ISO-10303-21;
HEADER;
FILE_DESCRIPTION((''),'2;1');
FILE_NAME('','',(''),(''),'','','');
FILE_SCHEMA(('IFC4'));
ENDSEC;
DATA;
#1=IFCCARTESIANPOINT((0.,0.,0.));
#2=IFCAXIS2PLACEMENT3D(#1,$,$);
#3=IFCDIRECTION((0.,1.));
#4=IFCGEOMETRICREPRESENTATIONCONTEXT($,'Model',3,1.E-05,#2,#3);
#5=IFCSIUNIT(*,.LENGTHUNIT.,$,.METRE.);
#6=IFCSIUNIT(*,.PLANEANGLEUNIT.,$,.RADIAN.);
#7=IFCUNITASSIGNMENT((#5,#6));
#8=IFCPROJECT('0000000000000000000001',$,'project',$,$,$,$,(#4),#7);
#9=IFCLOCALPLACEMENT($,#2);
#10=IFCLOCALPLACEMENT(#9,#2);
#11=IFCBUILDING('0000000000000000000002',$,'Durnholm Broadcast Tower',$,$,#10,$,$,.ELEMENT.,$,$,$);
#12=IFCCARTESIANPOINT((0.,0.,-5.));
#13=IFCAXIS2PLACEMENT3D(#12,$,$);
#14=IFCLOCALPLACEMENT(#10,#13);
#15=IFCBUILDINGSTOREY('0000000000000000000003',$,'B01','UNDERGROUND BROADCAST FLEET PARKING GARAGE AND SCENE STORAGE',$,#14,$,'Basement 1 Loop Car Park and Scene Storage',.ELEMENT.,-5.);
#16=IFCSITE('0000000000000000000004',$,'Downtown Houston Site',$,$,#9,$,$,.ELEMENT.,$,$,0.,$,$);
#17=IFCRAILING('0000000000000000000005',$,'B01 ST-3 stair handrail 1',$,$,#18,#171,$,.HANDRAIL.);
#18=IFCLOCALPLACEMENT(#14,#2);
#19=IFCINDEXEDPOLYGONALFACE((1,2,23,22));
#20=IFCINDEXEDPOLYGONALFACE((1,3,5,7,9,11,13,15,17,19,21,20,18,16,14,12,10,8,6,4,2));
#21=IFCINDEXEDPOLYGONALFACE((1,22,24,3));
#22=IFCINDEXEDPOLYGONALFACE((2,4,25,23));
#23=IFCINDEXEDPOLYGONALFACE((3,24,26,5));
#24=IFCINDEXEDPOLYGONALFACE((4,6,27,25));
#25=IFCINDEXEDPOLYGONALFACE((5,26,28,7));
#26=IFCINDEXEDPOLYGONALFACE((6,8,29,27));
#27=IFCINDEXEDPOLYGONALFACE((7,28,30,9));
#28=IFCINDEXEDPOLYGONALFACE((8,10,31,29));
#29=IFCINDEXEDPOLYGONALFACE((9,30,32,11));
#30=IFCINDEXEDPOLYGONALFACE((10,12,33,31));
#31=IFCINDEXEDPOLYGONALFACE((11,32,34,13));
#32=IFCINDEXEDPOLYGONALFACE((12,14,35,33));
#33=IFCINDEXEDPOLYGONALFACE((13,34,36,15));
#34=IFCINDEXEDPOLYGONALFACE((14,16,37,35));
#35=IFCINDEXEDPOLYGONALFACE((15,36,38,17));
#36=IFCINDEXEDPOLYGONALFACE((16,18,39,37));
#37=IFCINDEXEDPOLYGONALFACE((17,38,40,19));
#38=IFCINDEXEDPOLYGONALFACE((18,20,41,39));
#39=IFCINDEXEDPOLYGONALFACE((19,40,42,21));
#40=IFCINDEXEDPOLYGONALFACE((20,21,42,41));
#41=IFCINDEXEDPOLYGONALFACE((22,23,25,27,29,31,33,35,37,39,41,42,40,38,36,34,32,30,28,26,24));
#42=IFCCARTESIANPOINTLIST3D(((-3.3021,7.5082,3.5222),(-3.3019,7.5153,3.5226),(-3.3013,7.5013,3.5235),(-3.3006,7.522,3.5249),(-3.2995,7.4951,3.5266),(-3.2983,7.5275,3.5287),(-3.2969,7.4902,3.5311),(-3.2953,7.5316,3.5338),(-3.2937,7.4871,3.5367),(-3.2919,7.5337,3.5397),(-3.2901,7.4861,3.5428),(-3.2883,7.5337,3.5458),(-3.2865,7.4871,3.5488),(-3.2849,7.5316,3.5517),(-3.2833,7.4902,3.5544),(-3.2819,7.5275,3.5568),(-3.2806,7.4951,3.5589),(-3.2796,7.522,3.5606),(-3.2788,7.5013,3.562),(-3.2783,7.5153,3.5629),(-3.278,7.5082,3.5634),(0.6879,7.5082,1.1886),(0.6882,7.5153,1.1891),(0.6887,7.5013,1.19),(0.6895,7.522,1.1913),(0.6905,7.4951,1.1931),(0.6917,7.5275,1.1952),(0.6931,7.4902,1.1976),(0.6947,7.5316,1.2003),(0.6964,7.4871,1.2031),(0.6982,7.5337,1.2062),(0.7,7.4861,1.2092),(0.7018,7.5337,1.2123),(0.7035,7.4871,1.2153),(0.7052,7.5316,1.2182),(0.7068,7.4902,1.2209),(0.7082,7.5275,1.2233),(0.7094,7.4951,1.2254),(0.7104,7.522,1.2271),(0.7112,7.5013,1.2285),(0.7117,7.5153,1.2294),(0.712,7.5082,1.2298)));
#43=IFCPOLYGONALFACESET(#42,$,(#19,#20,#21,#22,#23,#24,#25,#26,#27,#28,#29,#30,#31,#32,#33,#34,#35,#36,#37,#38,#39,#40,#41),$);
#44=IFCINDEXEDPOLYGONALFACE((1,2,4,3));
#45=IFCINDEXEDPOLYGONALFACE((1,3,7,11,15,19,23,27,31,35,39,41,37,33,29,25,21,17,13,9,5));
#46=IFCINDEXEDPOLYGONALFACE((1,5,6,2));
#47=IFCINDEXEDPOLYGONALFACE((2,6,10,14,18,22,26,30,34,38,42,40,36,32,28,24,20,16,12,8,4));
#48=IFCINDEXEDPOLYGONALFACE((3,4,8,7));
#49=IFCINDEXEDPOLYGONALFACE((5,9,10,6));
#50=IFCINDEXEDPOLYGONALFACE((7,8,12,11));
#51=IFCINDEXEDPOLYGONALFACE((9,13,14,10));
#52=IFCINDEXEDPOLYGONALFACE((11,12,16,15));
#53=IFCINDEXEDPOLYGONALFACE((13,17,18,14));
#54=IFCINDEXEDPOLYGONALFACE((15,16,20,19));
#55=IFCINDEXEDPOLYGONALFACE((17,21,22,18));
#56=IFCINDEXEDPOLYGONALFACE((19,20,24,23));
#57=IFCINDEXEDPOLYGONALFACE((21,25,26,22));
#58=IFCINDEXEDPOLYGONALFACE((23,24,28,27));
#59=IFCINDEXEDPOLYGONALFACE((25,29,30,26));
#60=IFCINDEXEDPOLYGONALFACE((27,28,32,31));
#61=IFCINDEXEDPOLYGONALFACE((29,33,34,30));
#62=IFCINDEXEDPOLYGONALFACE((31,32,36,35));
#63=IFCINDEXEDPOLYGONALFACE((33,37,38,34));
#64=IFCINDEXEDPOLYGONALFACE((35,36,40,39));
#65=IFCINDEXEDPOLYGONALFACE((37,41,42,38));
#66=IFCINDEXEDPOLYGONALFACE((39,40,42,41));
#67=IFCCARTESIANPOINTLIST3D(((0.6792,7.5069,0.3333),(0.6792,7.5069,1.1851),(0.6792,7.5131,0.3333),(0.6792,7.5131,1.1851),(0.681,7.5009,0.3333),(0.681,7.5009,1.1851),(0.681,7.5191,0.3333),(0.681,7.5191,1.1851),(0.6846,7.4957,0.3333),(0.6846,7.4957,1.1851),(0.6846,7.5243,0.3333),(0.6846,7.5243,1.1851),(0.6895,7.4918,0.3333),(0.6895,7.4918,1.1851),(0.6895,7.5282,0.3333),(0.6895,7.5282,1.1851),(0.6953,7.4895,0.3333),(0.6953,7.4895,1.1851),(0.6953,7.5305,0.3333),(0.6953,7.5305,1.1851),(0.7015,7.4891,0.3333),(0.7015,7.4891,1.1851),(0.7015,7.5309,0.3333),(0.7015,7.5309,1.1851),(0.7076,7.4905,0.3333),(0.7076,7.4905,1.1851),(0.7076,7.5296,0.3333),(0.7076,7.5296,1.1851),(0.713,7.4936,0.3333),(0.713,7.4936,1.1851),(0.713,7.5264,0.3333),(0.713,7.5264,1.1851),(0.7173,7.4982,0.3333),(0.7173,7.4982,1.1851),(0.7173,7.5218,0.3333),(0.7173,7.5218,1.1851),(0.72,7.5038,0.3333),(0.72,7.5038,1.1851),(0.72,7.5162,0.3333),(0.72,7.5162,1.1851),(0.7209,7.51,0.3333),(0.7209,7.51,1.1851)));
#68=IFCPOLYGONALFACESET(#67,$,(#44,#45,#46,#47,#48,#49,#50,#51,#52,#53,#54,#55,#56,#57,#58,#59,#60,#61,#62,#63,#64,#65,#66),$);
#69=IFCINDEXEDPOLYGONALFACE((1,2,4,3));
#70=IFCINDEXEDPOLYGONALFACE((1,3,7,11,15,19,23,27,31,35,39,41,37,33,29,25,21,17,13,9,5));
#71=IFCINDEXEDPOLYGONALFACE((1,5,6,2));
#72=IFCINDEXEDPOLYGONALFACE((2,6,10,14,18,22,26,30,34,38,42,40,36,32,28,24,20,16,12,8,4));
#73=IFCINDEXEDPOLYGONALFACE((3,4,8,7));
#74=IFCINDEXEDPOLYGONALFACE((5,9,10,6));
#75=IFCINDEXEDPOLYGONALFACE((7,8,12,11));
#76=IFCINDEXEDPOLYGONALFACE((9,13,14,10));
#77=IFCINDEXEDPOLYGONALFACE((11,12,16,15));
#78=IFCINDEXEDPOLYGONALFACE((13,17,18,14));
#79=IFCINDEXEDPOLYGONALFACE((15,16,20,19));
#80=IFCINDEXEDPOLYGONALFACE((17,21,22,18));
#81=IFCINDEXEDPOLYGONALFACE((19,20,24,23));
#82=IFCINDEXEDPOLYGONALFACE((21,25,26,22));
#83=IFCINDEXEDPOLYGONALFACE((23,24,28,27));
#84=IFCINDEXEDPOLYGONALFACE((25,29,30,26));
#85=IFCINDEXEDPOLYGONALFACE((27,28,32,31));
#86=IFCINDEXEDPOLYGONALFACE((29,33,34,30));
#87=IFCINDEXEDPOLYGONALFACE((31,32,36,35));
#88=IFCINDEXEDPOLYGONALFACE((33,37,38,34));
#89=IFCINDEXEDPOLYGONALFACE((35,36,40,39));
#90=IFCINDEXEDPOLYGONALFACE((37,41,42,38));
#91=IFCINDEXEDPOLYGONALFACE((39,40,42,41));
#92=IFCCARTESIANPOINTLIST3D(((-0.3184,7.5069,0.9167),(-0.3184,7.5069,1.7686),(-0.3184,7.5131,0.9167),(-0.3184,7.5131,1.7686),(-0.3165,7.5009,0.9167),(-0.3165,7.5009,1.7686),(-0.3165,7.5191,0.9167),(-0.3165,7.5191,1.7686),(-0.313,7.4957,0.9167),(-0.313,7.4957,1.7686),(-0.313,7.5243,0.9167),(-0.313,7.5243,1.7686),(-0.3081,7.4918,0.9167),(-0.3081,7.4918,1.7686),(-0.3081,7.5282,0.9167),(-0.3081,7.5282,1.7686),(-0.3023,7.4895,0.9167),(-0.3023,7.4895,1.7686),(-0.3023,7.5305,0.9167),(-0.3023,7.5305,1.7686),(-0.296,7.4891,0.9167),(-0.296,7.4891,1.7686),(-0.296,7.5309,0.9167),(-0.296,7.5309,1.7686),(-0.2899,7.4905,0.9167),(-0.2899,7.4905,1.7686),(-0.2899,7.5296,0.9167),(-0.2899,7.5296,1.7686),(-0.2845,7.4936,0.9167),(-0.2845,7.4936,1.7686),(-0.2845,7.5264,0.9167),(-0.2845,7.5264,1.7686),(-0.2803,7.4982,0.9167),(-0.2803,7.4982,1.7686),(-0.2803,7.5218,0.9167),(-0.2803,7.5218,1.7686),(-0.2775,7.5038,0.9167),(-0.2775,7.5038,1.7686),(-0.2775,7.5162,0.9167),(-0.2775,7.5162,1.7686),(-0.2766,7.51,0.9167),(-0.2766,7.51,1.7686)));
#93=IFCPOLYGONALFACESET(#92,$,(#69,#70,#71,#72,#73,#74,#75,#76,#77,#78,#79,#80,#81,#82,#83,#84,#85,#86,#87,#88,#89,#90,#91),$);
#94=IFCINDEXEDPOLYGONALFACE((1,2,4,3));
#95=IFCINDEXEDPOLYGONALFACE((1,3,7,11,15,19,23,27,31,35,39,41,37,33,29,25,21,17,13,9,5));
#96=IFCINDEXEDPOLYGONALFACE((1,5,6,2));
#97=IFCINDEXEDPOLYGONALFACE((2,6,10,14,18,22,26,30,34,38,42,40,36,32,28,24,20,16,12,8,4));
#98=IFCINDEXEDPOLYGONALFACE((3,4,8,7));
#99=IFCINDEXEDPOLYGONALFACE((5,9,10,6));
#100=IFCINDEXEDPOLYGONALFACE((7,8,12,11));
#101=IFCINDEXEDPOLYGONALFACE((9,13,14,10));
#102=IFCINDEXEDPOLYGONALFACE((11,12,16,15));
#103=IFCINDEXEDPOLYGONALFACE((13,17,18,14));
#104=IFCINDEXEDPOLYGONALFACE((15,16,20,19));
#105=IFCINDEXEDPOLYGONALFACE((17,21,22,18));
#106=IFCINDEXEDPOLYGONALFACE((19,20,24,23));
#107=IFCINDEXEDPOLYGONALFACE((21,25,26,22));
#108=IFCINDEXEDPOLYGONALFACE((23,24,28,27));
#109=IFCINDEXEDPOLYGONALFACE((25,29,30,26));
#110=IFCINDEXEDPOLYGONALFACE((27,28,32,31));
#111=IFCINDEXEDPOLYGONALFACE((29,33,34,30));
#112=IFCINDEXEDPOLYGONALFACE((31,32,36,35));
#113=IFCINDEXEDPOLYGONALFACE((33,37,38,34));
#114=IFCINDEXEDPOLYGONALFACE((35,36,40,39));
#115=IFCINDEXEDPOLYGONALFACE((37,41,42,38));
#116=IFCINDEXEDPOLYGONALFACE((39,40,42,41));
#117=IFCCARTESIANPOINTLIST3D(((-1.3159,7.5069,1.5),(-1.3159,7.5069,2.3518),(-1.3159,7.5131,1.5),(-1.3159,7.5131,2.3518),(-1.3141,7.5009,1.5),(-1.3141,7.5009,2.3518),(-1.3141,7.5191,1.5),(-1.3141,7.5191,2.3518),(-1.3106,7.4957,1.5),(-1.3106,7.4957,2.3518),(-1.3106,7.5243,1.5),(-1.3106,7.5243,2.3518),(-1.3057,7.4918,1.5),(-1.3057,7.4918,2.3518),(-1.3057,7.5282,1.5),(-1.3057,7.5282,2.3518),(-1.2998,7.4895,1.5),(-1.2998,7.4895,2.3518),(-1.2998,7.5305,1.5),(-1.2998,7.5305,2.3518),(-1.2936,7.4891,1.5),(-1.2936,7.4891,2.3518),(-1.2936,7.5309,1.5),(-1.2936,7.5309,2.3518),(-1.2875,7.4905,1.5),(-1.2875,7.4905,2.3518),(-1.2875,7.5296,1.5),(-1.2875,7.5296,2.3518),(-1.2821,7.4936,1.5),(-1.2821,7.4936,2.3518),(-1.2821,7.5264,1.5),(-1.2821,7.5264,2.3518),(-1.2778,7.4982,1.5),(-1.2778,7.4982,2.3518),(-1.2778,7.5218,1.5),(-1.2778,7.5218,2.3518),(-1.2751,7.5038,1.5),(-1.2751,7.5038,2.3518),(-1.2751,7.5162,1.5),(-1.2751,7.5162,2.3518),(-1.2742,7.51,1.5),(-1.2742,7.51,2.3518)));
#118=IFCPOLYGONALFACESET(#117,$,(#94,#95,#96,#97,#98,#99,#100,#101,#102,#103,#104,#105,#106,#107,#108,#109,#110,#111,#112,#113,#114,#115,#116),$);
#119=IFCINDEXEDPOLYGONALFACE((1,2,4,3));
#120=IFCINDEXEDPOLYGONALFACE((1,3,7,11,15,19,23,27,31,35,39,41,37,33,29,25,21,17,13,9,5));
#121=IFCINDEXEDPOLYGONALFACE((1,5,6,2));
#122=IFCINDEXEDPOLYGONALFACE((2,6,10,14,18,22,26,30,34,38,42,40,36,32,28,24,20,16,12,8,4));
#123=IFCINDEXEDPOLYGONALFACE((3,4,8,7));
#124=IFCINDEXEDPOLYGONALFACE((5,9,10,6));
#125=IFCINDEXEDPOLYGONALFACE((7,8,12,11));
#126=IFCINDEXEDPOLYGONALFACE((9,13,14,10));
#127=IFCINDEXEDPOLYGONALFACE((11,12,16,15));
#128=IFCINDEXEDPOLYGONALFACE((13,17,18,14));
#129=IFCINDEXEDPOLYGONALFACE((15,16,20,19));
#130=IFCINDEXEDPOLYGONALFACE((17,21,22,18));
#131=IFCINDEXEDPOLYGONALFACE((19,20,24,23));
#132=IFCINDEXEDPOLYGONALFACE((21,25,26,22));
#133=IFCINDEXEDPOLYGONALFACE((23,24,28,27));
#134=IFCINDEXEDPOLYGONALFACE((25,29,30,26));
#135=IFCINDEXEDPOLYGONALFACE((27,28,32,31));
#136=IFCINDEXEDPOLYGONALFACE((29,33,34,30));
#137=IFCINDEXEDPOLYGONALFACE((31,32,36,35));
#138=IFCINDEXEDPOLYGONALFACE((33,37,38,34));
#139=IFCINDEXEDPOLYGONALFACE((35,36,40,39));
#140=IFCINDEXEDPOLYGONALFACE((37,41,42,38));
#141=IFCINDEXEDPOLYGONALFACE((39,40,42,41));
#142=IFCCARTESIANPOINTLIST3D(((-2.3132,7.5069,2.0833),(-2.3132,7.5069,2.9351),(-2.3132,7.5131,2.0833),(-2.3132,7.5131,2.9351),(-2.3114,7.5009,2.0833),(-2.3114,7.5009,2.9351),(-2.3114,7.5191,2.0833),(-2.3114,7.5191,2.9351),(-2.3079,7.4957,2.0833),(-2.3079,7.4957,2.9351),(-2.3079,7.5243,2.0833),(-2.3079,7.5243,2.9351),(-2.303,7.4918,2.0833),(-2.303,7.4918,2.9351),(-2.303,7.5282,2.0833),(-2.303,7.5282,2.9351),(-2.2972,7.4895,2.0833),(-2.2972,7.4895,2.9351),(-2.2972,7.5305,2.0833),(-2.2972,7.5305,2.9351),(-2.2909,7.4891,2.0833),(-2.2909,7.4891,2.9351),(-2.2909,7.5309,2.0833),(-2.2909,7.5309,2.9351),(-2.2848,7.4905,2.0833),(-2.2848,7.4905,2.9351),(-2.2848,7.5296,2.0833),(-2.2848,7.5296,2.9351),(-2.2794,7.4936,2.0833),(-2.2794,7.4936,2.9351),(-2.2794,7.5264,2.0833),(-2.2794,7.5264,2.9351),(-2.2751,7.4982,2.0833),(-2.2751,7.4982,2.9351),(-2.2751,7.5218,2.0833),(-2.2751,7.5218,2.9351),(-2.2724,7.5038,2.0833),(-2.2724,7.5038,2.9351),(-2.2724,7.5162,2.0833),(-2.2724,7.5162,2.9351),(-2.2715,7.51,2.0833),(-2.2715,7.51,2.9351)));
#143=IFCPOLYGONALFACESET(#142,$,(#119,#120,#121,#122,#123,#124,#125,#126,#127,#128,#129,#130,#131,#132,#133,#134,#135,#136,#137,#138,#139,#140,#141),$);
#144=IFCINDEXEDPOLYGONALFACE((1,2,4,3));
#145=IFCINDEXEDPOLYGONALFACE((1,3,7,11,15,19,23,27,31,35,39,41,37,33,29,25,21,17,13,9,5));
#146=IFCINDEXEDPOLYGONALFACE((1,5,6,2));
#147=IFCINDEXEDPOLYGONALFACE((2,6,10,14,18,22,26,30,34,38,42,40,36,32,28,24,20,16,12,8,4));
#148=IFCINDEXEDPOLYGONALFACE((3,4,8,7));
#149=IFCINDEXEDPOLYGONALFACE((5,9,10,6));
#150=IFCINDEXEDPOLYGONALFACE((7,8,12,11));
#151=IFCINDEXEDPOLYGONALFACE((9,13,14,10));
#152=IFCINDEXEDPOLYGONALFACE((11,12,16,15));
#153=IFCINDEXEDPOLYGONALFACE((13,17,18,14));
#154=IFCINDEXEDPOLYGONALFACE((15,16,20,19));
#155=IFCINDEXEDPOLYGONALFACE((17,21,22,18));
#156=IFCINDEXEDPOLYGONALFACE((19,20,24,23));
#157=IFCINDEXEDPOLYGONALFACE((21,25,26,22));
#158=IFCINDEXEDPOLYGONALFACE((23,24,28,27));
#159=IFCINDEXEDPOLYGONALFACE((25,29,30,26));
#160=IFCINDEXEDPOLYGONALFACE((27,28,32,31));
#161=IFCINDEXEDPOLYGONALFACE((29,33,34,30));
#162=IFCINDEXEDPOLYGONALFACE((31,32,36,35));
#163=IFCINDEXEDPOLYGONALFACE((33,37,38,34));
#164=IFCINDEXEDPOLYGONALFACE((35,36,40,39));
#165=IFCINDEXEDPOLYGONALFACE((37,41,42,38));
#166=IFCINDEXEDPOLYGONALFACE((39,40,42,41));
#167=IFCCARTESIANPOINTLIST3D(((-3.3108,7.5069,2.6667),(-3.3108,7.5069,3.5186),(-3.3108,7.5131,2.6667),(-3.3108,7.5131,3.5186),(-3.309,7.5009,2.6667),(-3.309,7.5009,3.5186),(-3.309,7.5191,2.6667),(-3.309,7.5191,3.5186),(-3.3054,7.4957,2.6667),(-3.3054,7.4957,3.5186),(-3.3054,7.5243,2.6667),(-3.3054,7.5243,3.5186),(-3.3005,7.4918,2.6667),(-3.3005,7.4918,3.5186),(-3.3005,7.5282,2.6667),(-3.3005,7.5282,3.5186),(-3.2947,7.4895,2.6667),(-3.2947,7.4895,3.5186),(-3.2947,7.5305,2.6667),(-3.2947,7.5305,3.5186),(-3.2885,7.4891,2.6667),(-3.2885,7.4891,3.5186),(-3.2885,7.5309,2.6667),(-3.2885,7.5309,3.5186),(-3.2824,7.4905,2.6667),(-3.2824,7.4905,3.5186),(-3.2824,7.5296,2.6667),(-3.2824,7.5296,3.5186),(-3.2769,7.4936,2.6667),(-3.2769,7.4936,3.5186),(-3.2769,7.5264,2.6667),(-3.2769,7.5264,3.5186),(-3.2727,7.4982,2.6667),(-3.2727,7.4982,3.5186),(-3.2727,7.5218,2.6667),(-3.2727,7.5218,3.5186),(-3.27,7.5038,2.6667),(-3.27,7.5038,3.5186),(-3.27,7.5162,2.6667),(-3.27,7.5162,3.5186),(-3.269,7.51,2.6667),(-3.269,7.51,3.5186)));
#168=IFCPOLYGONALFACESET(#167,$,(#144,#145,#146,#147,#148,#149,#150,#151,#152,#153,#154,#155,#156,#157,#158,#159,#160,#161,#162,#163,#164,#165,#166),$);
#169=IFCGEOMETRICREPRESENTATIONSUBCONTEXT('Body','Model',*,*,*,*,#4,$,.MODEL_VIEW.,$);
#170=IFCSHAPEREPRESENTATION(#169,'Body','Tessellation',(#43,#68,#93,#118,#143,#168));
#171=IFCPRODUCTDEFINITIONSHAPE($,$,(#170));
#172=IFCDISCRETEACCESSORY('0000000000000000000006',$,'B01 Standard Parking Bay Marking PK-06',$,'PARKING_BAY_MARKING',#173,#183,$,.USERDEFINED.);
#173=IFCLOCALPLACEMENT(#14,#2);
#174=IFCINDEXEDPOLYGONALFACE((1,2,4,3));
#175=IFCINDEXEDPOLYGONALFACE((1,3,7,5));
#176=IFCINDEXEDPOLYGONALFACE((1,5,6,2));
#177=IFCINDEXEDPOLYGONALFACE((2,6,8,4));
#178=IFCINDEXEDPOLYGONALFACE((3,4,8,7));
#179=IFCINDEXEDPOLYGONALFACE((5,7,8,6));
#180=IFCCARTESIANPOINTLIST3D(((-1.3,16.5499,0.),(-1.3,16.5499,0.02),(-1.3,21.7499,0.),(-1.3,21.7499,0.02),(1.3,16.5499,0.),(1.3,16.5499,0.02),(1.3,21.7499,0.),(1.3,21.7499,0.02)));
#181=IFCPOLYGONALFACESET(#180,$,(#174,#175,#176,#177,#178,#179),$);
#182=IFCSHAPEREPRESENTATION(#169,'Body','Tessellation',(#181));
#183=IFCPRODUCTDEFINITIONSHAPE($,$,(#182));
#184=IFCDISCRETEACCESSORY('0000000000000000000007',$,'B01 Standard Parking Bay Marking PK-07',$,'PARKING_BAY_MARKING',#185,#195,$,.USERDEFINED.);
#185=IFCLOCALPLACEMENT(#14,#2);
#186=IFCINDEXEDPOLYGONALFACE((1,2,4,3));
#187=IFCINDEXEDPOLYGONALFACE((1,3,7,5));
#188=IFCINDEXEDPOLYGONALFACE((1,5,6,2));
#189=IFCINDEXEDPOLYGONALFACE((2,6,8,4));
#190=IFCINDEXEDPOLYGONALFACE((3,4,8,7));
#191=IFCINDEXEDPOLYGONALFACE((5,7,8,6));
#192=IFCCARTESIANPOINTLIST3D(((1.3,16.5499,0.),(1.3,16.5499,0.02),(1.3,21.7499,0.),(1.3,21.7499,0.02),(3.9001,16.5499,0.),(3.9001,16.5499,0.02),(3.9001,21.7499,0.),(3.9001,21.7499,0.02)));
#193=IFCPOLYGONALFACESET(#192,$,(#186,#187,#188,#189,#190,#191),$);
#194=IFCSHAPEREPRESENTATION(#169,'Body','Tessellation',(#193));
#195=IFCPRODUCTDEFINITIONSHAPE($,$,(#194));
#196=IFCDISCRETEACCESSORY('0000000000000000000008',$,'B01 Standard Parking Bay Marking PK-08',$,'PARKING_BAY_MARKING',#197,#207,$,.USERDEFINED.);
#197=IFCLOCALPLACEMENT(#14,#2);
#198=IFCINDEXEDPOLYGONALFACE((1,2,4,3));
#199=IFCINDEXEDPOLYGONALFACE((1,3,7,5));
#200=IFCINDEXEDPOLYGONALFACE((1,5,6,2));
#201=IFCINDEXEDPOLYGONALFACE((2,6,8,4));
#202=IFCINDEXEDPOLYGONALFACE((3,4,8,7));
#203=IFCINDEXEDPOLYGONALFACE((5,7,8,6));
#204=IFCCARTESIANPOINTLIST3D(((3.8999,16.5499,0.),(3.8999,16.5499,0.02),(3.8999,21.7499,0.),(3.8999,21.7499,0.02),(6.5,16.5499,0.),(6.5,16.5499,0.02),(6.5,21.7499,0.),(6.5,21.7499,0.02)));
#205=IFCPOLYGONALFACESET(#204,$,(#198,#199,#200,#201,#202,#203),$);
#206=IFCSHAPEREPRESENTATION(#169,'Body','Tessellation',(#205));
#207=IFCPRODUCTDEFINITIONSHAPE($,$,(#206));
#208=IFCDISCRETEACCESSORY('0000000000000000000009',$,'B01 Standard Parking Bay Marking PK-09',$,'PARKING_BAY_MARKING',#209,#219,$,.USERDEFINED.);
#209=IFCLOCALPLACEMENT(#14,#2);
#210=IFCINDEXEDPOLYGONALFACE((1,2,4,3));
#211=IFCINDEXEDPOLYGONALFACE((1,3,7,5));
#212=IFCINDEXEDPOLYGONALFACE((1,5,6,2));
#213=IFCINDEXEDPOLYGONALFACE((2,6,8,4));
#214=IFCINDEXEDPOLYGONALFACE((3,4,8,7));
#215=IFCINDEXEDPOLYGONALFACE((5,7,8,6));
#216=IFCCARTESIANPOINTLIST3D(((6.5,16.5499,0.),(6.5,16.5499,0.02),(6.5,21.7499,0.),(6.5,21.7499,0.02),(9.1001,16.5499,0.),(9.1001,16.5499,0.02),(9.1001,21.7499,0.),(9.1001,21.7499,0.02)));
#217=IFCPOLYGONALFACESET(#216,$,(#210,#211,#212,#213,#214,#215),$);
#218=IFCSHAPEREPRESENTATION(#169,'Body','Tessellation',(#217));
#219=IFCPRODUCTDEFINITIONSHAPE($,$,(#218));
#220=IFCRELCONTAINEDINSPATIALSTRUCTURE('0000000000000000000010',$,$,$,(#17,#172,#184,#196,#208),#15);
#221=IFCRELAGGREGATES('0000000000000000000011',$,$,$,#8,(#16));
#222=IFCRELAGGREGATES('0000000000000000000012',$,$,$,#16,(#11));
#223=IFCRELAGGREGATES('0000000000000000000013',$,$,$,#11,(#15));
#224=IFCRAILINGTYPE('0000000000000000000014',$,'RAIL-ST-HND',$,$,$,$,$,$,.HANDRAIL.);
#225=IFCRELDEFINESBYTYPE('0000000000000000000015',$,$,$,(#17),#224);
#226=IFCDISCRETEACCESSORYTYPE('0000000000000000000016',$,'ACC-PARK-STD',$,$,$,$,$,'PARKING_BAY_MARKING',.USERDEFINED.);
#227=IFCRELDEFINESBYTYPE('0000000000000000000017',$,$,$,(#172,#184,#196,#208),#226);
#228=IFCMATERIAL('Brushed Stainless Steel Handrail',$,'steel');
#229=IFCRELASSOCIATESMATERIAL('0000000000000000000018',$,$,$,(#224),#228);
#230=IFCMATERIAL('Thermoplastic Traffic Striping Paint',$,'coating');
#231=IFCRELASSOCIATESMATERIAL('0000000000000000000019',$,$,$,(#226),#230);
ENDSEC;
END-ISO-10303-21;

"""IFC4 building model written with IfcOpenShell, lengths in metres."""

from ifc_helpers import new_model, si_unit, direction, frame, origin, origin_2d, place, context, subcontext, project, spatial, rectangle, circle, extrude, source, transform, mapped, material, type_object, type_shapes, element, save


model = new_model("IFC4")

# Units and contexts
model_context = context("Model", 3, precision=1e-05, world=origin(), true_north=direction((0.0, 1.0)))
body_context = subcontext(model_context, "Body", "Model", "MODEL_VIEW")
ifc_project = project(units=[si_unit("LENGTHUNIT", "METRE"), si_unit("PLANEANGLEUNIT", "RADIAN")], contexts=[model_context])

# Site, building, storey
site_placement = place(None, origin())
site = spatial("IfcSite", under=ifc_project, at=site_placement, Name="Downtown Houston Site", CompositionType="ELEMENT", RefElevation=0.0)
building_placement = place(site_placement, origin())
building = spatial("IfcBuilding", under=site, at=building_placement, Name="Durnholm Broadcast Tower", CompositionType="ELEMENT")
storey_placement = place(building_placement, frame((0.0, 0.0, -5.0)))
storey = spatial("IfcBuildingStorey", under=building, at=storey_placement, Name="B01", Description="UNDERGROUND BROADCAST FLEET PARKING GARAGE AND SCENE STORAGE", LongName="Basement 1 Loop Car Park and Scene Storage", CompositionType="ELEMENT", Elevation=-5.0)

# Railing
ifc_material_1 = material(Name="Brushed Stainless Steel Handrail", Category="steel")
railing_type_1 = type_object("IfcRailingType", Name="RAIL-ST-HND", PredefinedType="HANDRAIL", material=ifc_material_1)
railing_1_placement = place(storey_placement, frame((0.7, 7.51, 0.3333)))
element("IfcRailing", 1, at=railing_1_placement, inside=storey, type_object=railing_type_1, Name="B01 ST-3 stair handrail 1", PredefinedType="HANDRAIL", context=body_context, shape_type="SweptSolid", body=[
    extrude(circle(Radius=0.0239, at=origin_2d()), frame((0.0, 0.0, 0.876), z_axis=(-0.863213, 0.0, 0.50484), x_axis=(0.0, -1.0, 0.0)), (0.0, 0.0, 1.0), 4.6223),
    extrude(circle(Radius=0.021, at=origin_2d()), origin(), (0.0, 0.0, 1.0), 0.8518),
    extrude(circle(Radius=0.021, at=origin_2d()), frame((-0.9976, 0.0, 0.5835)), (0.0, 0.0, 1.0), 0.8518),
    extrude(circle(Radius=0.021, at=origin_2d()), frame((-1.9951, 0.0, 1.1667)), (0.0, 0.0, 1.0), 0.8518),
    extrude(circle(Radius=0.021, at=origin_2d()), frame((-2.9924, 0.0, 1.75)), (0.0, 0.0, 1.0), 0.8518),
    extrude(circle(Radius=0.021, at=origin_2d()), frame((-3.99, 0.0, 2.3335)), (0.0, 0.0, 1.0), 0.8518),
])

# Discrete accessories
ifc_material_2 = material(Name="Thermoplastic Traffic Striping Paint", Category="coating")
discrete_accessory_type = type_object("IfcDiscreteAccessoryType", Name="ACC-PARK-STD", ElementType="PARKING_BAY_MARKING", PredefinedType="USERDEFINED", material=ifc_material_2)
shared_shape_1 = source(origin(), body_context, "Body", "SweptSolid", [
    extrude(rectangle(XDim=2.6001, YDim=5.2, at=origin_2d()), origin(), (0.0, 0.0, 1.0), 0.02),
])
type_shapes(discrete_accessory_type, [shared_shape_1])
for number, where, z_axis, x_axis, name in (
    (2, (0.0, 19.1499, 0.0), (0.0, 0.0, 1.0), (1.0, 0.0, 0.0), "B01 Standard Parking Bay Marking PK-06"),
    (3, (2.6001, 19.1499, 0.0), (0.0, 0.0, 1.0), (1.0, 0.0, 0.0), "B01 Standard Parking Bay Marking PK-07"),
    (4, (5.2, 19.1499, 0.0), (0.0, 0.0, 1.0), (1.0, 0.0, 0.0), "B01 Standard Parking Bay Marking PK-08"),
    (5, (7.8, 19.1499, 0.0), (0.0, 0.0, 1.0), (1.0, 0.0, 0.0), "B01 Standard Parking Bay Marking PK-09"),
):
    element("IfcDiscreteAccessory", number, at=place(storey_placement, frame(where, z_axis=z_axis, x_axis=x_axis)), inside=storey, type_object=discrete_accessory_type, Name=name, ObjectType="PARKING_BAY_MARKING", PredefinedType="USERDEFINED", context=body_context, shape_type="MappedRepresentation", body=[
        mapped(shared_shape_1, transform((0.0, 0.0, 0.0), x_axis=(1.0, 0.0, 0.0), y_axis=(0.0, 1.0, 0.0), z_axis=(0.0, 0.0, 1.0), scale=1.0)),
    ])

save(model, "model.ifc")
